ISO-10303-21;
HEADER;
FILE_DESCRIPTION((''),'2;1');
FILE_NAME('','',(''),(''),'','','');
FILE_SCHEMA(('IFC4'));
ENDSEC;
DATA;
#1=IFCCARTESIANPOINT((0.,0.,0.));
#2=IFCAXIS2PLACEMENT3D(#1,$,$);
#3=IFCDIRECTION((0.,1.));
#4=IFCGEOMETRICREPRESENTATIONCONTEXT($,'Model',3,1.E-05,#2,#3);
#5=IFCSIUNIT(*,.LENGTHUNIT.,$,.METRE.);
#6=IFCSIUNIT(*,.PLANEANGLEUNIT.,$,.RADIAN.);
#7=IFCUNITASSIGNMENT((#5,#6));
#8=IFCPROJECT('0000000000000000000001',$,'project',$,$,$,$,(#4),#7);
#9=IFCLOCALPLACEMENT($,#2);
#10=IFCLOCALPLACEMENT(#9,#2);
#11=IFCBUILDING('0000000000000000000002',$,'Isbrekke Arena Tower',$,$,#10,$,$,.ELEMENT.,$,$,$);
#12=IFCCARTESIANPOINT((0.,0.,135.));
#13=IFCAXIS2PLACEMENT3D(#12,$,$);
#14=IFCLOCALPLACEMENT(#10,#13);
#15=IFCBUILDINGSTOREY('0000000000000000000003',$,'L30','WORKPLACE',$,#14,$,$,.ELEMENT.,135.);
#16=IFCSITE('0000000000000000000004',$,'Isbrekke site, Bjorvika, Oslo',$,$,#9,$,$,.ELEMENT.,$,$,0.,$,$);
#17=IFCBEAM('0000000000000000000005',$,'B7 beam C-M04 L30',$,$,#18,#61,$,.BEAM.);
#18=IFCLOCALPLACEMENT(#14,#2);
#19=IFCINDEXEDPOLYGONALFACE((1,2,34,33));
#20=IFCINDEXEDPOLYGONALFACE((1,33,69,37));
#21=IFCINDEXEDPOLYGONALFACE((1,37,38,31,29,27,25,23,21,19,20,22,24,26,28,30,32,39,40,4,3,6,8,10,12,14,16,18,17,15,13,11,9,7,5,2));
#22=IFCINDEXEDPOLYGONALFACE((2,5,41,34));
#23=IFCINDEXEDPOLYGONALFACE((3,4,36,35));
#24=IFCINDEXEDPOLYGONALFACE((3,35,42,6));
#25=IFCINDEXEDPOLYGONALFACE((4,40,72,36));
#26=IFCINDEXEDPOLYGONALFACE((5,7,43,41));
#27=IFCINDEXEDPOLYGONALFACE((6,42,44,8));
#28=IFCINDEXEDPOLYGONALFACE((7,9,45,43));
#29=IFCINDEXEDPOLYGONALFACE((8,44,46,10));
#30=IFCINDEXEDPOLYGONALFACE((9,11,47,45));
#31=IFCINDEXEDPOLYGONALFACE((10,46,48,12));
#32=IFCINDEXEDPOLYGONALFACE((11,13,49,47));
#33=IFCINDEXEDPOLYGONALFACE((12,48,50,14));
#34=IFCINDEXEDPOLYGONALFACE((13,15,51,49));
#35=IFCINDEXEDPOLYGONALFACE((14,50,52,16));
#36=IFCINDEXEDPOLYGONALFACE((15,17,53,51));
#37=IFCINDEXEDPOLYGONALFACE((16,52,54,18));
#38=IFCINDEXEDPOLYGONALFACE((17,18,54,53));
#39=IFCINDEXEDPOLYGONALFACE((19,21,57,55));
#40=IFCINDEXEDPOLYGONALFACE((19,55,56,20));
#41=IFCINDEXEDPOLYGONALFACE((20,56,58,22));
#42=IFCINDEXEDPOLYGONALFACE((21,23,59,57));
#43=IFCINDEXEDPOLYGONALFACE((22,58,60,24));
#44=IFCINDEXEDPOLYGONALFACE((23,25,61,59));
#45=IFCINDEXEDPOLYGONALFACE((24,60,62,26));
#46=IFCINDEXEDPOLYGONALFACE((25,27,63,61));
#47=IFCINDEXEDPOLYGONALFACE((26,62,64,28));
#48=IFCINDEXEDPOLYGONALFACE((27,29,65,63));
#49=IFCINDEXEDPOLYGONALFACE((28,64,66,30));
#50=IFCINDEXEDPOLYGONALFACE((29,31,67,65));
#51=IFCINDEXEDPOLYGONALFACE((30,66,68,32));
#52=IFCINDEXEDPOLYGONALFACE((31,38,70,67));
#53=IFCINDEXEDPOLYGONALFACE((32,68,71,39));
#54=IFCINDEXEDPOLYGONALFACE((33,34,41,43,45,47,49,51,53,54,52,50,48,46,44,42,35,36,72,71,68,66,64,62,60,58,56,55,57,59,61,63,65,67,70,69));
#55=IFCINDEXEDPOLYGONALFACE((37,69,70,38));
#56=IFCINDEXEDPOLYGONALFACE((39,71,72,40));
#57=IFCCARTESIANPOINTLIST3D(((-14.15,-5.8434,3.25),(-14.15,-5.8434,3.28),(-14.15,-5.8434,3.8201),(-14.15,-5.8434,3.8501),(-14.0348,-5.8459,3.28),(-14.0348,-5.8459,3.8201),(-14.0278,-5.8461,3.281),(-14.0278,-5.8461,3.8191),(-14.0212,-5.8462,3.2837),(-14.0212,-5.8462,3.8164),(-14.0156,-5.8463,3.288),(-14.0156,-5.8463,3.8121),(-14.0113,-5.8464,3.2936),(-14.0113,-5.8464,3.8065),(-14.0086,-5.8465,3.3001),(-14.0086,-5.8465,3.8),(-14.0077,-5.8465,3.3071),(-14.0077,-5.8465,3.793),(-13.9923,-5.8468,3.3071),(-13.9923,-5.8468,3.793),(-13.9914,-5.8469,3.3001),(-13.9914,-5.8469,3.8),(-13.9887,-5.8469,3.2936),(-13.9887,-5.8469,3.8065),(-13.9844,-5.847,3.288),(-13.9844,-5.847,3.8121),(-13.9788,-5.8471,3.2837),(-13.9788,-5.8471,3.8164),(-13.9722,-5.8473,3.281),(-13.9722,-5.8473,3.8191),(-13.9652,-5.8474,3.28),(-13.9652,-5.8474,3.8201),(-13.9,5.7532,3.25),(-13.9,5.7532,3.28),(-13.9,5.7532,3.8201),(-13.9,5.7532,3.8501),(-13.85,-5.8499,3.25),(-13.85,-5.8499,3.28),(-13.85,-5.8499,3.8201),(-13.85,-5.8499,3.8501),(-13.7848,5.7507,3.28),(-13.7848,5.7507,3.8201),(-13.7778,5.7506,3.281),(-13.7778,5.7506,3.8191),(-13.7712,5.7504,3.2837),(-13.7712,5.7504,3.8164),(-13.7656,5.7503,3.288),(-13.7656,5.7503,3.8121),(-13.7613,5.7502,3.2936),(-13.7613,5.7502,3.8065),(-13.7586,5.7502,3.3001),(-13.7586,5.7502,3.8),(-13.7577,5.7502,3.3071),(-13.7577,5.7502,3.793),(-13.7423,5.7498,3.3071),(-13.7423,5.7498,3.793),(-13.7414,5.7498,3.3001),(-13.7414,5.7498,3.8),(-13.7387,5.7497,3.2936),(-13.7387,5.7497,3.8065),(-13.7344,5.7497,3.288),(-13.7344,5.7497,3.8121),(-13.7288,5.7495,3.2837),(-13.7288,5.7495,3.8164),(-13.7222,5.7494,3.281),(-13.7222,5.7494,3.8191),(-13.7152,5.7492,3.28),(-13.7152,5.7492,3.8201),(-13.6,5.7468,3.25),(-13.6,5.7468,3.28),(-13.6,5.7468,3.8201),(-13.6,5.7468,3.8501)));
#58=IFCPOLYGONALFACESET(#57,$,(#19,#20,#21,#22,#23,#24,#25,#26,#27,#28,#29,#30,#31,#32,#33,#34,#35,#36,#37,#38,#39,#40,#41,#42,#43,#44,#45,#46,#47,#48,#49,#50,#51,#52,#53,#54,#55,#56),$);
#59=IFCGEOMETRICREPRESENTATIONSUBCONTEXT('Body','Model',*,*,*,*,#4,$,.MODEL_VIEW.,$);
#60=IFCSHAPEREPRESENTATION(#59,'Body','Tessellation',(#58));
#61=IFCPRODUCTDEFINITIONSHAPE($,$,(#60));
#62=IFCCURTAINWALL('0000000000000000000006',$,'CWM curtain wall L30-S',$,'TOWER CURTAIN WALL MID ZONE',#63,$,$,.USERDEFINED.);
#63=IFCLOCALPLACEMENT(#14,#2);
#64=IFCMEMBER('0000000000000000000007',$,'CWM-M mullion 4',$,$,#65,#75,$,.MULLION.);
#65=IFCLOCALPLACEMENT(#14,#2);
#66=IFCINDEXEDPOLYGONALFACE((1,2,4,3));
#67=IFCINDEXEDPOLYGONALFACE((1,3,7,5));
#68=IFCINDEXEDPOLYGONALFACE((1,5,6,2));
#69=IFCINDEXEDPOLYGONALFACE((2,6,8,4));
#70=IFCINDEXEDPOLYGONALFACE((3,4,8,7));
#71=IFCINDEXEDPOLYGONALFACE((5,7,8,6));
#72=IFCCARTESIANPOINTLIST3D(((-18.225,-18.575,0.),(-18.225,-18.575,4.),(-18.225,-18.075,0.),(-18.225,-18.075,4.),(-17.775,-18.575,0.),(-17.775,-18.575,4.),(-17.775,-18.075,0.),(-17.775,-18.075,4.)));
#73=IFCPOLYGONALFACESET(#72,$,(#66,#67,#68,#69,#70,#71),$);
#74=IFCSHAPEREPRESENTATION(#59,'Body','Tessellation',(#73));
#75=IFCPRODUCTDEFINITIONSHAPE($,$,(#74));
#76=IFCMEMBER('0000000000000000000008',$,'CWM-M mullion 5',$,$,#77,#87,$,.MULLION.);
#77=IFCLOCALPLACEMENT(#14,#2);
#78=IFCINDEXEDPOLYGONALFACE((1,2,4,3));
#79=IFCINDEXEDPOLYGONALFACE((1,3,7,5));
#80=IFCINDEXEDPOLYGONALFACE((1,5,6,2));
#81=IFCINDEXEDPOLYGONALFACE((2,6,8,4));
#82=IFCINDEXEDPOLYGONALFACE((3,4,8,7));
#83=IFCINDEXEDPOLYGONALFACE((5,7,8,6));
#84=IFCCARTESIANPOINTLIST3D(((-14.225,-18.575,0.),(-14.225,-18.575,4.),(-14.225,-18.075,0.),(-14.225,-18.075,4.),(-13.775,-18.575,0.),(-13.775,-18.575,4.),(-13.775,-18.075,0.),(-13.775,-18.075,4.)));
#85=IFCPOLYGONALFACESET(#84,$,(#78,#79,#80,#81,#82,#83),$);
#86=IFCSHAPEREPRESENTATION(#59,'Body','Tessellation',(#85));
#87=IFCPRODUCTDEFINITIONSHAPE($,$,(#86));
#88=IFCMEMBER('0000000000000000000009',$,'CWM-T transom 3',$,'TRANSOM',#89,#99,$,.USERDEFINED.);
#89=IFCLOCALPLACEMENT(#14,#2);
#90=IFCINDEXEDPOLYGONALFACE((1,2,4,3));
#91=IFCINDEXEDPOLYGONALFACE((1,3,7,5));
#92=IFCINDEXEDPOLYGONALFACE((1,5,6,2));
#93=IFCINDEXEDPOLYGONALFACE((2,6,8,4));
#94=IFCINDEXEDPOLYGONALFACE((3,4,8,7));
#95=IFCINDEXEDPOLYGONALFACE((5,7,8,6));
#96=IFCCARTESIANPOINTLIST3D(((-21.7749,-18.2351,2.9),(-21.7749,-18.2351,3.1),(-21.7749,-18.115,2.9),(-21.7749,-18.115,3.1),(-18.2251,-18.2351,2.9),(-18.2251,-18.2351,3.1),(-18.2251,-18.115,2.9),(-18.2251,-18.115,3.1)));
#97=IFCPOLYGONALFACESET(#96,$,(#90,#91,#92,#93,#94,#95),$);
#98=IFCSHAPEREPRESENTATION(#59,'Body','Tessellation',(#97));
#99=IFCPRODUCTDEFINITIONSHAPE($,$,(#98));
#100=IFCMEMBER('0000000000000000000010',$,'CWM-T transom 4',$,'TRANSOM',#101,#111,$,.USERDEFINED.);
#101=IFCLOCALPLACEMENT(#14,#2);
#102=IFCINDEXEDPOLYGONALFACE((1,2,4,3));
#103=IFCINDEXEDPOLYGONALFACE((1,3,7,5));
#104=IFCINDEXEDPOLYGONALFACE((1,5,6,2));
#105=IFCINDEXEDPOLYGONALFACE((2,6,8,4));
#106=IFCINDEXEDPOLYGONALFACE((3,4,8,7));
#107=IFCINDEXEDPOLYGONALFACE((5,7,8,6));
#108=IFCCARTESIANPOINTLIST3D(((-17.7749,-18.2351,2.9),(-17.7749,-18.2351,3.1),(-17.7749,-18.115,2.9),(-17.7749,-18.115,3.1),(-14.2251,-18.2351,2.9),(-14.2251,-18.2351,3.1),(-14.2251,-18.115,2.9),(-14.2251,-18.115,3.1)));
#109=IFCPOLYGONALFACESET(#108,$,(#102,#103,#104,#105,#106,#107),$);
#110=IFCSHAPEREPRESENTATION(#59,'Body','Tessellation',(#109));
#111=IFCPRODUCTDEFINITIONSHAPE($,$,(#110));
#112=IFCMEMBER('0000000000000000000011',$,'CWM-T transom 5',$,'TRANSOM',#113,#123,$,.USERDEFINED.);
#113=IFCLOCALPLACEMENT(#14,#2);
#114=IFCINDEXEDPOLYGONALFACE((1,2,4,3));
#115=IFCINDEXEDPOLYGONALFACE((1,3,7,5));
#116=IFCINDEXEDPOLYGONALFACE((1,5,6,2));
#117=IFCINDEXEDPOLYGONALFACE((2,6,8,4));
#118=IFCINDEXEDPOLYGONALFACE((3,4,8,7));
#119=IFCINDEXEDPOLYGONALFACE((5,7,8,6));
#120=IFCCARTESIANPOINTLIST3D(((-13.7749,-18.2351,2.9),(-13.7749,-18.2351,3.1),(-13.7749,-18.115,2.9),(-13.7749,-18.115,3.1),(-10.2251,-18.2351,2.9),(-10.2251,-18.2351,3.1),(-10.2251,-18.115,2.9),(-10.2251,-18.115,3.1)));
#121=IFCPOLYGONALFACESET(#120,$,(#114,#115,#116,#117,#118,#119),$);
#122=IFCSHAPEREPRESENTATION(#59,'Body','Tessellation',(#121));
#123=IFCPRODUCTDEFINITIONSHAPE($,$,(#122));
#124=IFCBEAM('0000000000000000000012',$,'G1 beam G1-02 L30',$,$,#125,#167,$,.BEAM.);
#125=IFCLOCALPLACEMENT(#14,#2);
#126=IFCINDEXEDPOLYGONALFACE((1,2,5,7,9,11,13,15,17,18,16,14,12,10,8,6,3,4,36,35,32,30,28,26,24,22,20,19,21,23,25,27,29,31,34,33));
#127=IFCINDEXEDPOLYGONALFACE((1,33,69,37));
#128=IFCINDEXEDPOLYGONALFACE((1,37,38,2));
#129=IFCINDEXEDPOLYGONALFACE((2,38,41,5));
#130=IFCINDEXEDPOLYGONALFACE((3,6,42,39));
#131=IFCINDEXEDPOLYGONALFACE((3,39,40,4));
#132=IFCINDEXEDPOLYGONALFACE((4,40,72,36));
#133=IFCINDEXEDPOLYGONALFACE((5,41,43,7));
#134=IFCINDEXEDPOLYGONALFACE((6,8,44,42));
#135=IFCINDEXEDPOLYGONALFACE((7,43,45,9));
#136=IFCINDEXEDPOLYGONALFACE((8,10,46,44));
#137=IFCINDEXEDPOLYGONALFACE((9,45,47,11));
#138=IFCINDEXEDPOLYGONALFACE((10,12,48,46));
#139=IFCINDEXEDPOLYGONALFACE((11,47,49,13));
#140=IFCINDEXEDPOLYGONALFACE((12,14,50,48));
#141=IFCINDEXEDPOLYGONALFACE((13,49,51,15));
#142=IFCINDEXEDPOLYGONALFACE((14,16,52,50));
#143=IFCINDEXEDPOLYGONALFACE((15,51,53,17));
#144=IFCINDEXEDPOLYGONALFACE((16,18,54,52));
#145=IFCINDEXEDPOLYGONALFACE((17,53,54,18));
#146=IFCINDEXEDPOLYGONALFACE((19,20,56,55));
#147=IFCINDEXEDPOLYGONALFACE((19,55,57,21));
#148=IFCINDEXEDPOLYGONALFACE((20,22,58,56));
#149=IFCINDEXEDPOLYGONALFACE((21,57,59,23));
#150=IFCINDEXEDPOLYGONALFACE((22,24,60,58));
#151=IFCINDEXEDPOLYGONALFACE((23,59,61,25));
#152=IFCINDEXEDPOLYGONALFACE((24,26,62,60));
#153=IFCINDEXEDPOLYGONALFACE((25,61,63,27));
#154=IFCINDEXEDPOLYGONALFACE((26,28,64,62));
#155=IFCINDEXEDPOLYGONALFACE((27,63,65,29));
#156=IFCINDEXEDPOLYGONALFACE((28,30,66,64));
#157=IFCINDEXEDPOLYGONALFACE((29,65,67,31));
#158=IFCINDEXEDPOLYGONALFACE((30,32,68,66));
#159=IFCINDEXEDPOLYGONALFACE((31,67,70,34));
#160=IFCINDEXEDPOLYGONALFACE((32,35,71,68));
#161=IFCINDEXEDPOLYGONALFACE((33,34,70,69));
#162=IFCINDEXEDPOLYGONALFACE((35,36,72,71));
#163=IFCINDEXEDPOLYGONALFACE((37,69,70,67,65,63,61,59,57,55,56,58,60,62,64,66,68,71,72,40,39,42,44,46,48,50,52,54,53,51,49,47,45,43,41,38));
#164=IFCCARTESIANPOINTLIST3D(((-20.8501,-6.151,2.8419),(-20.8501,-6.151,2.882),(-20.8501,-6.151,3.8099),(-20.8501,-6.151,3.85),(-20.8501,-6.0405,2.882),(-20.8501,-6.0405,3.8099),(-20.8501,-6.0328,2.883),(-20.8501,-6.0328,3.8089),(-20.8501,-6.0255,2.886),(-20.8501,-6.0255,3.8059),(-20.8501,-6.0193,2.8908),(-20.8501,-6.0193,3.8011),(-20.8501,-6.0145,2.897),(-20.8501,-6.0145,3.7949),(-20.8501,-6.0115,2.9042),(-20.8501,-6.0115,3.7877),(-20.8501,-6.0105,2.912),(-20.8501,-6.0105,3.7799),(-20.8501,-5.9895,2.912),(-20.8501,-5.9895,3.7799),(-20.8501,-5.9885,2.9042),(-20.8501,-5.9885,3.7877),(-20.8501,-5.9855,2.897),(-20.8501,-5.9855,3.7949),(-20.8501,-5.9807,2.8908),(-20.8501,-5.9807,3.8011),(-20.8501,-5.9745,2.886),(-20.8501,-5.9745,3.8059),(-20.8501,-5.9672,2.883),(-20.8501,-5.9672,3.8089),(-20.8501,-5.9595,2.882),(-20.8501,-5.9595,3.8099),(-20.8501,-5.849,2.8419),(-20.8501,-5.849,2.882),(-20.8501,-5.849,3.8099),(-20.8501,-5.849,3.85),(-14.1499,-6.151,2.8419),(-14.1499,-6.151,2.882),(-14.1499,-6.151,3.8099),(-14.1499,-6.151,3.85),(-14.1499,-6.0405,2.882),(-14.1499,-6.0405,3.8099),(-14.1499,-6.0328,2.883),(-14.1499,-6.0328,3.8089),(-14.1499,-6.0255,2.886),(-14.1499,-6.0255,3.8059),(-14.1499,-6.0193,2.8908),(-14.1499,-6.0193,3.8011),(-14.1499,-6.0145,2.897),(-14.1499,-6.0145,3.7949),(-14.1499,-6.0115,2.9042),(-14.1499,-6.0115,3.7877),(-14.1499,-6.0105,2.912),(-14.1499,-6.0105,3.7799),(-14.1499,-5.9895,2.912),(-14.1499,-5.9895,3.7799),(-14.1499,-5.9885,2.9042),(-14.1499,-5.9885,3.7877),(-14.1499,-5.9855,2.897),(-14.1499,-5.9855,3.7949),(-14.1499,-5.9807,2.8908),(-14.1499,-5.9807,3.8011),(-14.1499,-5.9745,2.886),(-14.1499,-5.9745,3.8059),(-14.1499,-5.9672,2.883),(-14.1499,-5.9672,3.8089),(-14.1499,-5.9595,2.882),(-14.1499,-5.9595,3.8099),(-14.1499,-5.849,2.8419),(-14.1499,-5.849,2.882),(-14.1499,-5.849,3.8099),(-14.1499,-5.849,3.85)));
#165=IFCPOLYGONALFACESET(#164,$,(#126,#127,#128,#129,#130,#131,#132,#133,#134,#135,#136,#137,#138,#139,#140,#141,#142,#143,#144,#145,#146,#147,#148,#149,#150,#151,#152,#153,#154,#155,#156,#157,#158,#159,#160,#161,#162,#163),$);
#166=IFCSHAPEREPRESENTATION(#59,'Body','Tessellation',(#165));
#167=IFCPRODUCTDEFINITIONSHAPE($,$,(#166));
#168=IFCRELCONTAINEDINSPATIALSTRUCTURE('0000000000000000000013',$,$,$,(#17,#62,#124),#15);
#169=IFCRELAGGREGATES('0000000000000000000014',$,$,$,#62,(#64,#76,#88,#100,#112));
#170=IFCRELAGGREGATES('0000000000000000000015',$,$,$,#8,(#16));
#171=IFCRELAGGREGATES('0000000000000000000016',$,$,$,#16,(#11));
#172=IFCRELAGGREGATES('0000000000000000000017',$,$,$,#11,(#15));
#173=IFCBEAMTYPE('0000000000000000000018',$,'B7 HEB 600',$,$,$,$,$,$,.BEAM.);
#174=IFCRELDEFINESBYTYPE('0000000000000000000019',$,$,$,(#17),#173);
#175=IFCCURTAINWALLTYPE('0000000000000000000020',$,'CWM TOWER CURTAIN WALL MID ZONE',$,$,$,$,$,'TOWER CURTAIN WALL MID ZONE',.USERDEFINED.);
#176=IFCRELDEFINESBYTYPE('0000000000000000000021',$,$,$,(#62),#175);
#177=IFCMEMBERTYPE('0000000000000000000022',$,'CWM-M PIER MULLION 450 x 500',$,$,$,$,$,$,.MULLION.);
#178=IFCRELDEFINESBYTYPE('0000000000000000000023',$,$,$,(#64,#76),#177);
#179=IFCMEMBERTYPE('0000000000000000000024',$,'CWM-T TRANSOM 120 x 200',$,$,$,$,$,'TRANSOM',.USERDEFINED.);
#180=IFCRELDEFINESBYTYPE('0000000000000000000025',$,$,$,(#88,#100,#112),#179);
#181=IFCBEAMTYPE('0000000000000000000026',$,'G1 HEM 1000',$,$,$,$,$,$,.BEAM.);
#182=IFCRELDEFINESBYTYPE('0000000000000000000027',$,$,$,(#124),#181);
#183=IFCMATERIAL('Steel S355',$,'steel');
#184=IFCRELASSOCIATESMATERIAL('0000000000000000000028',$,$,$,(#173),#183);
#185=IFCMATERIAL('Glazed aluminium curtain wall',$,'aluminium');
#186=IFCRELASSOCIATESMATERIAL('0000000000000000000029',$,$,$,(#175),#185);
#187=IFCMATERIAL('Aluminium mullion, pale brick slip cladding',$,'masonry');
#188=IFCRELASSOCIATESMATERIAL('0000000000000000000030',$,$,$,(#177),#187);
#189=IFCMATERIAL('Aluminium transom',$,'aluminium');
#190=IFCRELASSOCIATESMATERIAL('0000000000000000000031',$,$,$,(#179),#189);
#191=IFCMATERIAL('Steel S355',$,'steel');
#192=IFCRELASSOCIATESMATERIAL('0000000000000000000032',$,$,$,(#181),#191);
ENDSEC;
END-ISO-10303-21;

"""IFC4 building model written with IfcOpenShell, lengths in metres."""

from ifc_helpers import new_model, si_unit, direction, frame, origin, origin_2d, place, context, subcontext, project, spatial, rectangle, i_section, extrude, material, material_profile, profile_set, type_object, element, aggregate, save


model = new_model("IFC4")

# Units and contexts
model_context = context("Model", 3, precision=1e-05, world=origin(), true_north=direction((0.0, 1.0)))
body_context = subcontext(model_context, "Body", "Model", "MODEL_VIEW")
ifc_project = project(units=[si_unit("LENGTHUNIT", "METRE"), si_unit("PLANEANGLEUNIT", "RADIAN")], contexts=[model_context])

# Site, building, storey
site_placement = place(None, origin())
site = spatial("IfcSite", under=ifc_project, at=site_placement, Name="Isbrekke site, Bjorvika, Oslo", CompositionType="ELEMENT", RefElevation=0.0)
building_placement = place(site_placement, origin())
building = spatial("IfcBuilding", under=site, at=building_placement, Name="Isbrekke Arena Tower", CompositionType="ELEMENT")
storey_placement = place(building_placement, frame((0.0, 0.0, 135.0)))
storey = spatial("IfcBuildingStorey", under=building, at=storey_placement, Name="L30", Description="WORKPLACE", CompositionType="ELEMENT", Elevation=135.0)

# Beam
ifc_material_1 = material(Name="Steel S355", Category="steel")
ifc_material_profile_1 = material_profile(ifc_material_1, i_section(OverallWidth=0.3, OverallDepth=0.6001, WebThickness=0.0154, FlangeThickness=0.03, FilletRadius=0.0271, at=origin_2d()), Name="HEB 600")
ifc_profile_set_1 = profile_set([ifc_material_profile_1], Name="Steel S355")
beam_type_1 = type_object("IfcBeamType", Name="B7 HEB 600", PredefinedType="BEAM", material=ifc_profile_set_1)
beam_1_placement = place(storey_placement, frame((-14.0, -5.8467, 3.55), z_axis=(0.021553, 0.999768, 0.0), x_axis=(-0.999768, 0.021553, 0.0)))
element("IfcBeam", 1, at=beam_1_placement, inside=storey, type_object=beam_type_1, Name="B7 beam C-M04 L30", PredefinedType="BEAM", context=body_context, shape_type="SweptSolid", body=[
    extrude(i_section(OverallWidth=0.3, OverallDepth=0.6001, WebThickness=0.0154, FlangeThickness=0.03, FilletRadius=0.0271, at=origin_2d()), origin(), (0.0, 0.0, 1.0), 11.5994),
])

# Curtain wall, members
ifc_material_2 = material(Name="Glazed aluminium curtain wall", Category="aluminium")
curtain_wall_type = type_object("IfcCurtainWallType", Name="CWM TOWER CURTAIN WALL MID ZONE", ElementType="TOWER CURTAIN WALL MID ZONE", PredefinedType="USERDEFINED", material=ifc_material_2)
curtain_wall_placement = place(storey_placement, origin())
curtain_wall = element("IfcCurtainWall", 2, at=curtain_wall_placement, inside=storey, type_object=curtain_wall_type, Name="CWM curtain wall L30-S", ObjectType="TOWER CURTAIN WALL MID ZONE", PredefinedType="USERDEFINED")
ifc_material_3 = material(Name="Aluminium mullion, pale brick slip cladding", Category="masonry")
ifc_material_profile_2 = material_profile(ifc_material_3, rectangle(XDim=0.45, YDim=0.5, at=origin_2d()), Name="PIER 450X500")
ifc_profile_set_2 = profile_set([ifc_material_profile_2], Name="Aluminium mullion, pale brick slip cladding")
member_type_1 = type_object("IfcMemberType", Name="CWM-M PIER MULLION 450 x 500", PredefinedType="MULLION", material=ifc_profile_set_2)
member_1_placement = place(storey_placement, frame((-18.0, -18.325, 0.0), z_axis=(0.0, 0.0, 1.0), x_axis=(1.0, 0.0, 0.0)))
member_1 = element("IfcMember", 3, at=member_1_placement, type_object=member_type_1, Name="CWM-M mullion 4", PredefinedType="MULLION", context=body_context, shape_type="SweptSolid", body=[
    extrude(rectangle(XDim=0.45, YDim=0.5, at=origin_2d()), origin(), (0.0, 0.0, 1.0), 4.0),
])
member_2_placement = place(storey_placement, frame((-14.0, -18.325, 0.0), z_axis=(0.0, 0.0, 1.0), x_axis=(1.0, 0.0, 0.0)))
member_2 = element("IfcMember", 4, at=member_2_placement, type_object=member_type_1, Name="CWM-M mullion 5", PredefinedType="MULLION", context=body_context, shape_type="SweptSolid", body=[
    extrude(rectangle(XDim=0.45, YDim=0.5, at=origin_2d()), origin(), (0.0, 0.0, 1.0), 4.0),
])
ifc_material_4 = material(Name="Aluminium transom", Category="aluminium")
ifc_material_profile_3 = material_profile(ifc_material_4, rectangle(XDim=0.1201, YDim=0.2, at=origin_2d()), Name="TRANSOM 120X200")
ifc_profile_set_3 = profile_set([ifc_material_profile_3], Name="Aluminium transom")
member_type_2 = type_object("IfcMemberType", Name="CWM-T TRANSOM 120 x 200", ElementType="TRANSOM", PredefinedType="USERDEFINED", material=ifc_profile_set_3)
member_3_placement = place(storey_placement, frame((-21.7749, -18.175, 3.0), z_axis=(1.0, 0.0, 0.0), x_axis=(0.0, 1.0, 0.0)))
member_3 = element("IfcMember", 5, at=member_3_placement, type_object=member_type_2, Name="CWM-T transom 3", ObjectType="TRANSOM", PredefinedType="USERDEFINED", context=body_context, shape_type="SweptSolid", body=[
    extrude(rectangle(XDim=0.1201, YDim=0.2, at=origin_2d()), origin(), (0.0, 0.0, 1.0), 3.5498),
])
member_4_placement = place(storey_placement, frame((-17.7749, -18.175, 3.0), z_axis=(1.0, 0.0, 0.0), x_axis=(0.0, 1.0, 0.0)))
member_4 = element("IfcMember", 6, at=member_4_placement, type_object=member_type_2, Name="CWM-T transom 4", ObjectType="TRANSOM", PredefinedType="USERDEFINED", context=body_context, shape_type="SweptSolid", body=[
    extrude(rectangle(XDim=0.1201, YDim=0.2, at=origin_2d()), origin(), (0.0, 0.0, 1.0), 3.5498),
])
member_5_placement = place(storey_placement, frame((-13.7749, -18.175, 3.0), z_axis=(1.0, 0.0, 0.0), x_axis=(0.0, 1.0, 0.0)))
member_5 = element("IfcMember", 7, at=member_5_placement, type_object=member_type_2, Name="CWM-T transom 5", ObjectType="TRANSOM", PredefinedType="USERDEFINED", context=body_context, shape_type="SweptSolid", body=[
    extrude(rectangle(XDim=0.1201, YDim=0.2, at=origin_2d()), origin(), (0.0, 0.0, 1.0), 3.5498),
])

# Beam
ifc_material_5 = material(Name="Steel S355", Category="steel")
ifc_material_profile_4 = material_profile(ifc_material_5, i_section(OverallWidth=0.302, OverallDepth=1.0081, WebThickness=0.021, FlangeThickness=0.04, FilletRadius=0.03, at=origin_2d()), Name="HEM 1000")
ifc_profile_set_4 = profile_set([ifc_material_profile_4], Name="Steel S355")
beam_type_2 = type_object("IfcBeamType", Name="G1 HEM 1000", PredefinedType="BEAM", material=ifc_profile_set_4)
for number, where, z_axis, x_axis, name in (
    (8, (-20.8501, -6.0, 3.3459), (1.0, 0.0, 0.0), (0.0, 1.0, 0.0), "G1 beam G1-02 L30"),
):
    element("IfcBeam", number, at=place(storey_placement, frame(where, z_axis=z_axis, x_axis=x_axis)), inside=storey, type_object=beam_type_2, Name=name, PredefinedType="BEAM", context=body_context, shape_type="SweptSolid", body=[
        extrude(i_section(OverallWidth=0.302, OverallDepth=1.0081, WebThickness=0.021, FlangeThickness=0.04, FilletRadius=0.03, at=origin_2d()), origin(), (0.0, 0.0, 1.0), 6.7002),
    ])

aggregate(curtain_wall, [member_1, member_2, member_3, member_4, member_5])

save(model, "model.ifc")
